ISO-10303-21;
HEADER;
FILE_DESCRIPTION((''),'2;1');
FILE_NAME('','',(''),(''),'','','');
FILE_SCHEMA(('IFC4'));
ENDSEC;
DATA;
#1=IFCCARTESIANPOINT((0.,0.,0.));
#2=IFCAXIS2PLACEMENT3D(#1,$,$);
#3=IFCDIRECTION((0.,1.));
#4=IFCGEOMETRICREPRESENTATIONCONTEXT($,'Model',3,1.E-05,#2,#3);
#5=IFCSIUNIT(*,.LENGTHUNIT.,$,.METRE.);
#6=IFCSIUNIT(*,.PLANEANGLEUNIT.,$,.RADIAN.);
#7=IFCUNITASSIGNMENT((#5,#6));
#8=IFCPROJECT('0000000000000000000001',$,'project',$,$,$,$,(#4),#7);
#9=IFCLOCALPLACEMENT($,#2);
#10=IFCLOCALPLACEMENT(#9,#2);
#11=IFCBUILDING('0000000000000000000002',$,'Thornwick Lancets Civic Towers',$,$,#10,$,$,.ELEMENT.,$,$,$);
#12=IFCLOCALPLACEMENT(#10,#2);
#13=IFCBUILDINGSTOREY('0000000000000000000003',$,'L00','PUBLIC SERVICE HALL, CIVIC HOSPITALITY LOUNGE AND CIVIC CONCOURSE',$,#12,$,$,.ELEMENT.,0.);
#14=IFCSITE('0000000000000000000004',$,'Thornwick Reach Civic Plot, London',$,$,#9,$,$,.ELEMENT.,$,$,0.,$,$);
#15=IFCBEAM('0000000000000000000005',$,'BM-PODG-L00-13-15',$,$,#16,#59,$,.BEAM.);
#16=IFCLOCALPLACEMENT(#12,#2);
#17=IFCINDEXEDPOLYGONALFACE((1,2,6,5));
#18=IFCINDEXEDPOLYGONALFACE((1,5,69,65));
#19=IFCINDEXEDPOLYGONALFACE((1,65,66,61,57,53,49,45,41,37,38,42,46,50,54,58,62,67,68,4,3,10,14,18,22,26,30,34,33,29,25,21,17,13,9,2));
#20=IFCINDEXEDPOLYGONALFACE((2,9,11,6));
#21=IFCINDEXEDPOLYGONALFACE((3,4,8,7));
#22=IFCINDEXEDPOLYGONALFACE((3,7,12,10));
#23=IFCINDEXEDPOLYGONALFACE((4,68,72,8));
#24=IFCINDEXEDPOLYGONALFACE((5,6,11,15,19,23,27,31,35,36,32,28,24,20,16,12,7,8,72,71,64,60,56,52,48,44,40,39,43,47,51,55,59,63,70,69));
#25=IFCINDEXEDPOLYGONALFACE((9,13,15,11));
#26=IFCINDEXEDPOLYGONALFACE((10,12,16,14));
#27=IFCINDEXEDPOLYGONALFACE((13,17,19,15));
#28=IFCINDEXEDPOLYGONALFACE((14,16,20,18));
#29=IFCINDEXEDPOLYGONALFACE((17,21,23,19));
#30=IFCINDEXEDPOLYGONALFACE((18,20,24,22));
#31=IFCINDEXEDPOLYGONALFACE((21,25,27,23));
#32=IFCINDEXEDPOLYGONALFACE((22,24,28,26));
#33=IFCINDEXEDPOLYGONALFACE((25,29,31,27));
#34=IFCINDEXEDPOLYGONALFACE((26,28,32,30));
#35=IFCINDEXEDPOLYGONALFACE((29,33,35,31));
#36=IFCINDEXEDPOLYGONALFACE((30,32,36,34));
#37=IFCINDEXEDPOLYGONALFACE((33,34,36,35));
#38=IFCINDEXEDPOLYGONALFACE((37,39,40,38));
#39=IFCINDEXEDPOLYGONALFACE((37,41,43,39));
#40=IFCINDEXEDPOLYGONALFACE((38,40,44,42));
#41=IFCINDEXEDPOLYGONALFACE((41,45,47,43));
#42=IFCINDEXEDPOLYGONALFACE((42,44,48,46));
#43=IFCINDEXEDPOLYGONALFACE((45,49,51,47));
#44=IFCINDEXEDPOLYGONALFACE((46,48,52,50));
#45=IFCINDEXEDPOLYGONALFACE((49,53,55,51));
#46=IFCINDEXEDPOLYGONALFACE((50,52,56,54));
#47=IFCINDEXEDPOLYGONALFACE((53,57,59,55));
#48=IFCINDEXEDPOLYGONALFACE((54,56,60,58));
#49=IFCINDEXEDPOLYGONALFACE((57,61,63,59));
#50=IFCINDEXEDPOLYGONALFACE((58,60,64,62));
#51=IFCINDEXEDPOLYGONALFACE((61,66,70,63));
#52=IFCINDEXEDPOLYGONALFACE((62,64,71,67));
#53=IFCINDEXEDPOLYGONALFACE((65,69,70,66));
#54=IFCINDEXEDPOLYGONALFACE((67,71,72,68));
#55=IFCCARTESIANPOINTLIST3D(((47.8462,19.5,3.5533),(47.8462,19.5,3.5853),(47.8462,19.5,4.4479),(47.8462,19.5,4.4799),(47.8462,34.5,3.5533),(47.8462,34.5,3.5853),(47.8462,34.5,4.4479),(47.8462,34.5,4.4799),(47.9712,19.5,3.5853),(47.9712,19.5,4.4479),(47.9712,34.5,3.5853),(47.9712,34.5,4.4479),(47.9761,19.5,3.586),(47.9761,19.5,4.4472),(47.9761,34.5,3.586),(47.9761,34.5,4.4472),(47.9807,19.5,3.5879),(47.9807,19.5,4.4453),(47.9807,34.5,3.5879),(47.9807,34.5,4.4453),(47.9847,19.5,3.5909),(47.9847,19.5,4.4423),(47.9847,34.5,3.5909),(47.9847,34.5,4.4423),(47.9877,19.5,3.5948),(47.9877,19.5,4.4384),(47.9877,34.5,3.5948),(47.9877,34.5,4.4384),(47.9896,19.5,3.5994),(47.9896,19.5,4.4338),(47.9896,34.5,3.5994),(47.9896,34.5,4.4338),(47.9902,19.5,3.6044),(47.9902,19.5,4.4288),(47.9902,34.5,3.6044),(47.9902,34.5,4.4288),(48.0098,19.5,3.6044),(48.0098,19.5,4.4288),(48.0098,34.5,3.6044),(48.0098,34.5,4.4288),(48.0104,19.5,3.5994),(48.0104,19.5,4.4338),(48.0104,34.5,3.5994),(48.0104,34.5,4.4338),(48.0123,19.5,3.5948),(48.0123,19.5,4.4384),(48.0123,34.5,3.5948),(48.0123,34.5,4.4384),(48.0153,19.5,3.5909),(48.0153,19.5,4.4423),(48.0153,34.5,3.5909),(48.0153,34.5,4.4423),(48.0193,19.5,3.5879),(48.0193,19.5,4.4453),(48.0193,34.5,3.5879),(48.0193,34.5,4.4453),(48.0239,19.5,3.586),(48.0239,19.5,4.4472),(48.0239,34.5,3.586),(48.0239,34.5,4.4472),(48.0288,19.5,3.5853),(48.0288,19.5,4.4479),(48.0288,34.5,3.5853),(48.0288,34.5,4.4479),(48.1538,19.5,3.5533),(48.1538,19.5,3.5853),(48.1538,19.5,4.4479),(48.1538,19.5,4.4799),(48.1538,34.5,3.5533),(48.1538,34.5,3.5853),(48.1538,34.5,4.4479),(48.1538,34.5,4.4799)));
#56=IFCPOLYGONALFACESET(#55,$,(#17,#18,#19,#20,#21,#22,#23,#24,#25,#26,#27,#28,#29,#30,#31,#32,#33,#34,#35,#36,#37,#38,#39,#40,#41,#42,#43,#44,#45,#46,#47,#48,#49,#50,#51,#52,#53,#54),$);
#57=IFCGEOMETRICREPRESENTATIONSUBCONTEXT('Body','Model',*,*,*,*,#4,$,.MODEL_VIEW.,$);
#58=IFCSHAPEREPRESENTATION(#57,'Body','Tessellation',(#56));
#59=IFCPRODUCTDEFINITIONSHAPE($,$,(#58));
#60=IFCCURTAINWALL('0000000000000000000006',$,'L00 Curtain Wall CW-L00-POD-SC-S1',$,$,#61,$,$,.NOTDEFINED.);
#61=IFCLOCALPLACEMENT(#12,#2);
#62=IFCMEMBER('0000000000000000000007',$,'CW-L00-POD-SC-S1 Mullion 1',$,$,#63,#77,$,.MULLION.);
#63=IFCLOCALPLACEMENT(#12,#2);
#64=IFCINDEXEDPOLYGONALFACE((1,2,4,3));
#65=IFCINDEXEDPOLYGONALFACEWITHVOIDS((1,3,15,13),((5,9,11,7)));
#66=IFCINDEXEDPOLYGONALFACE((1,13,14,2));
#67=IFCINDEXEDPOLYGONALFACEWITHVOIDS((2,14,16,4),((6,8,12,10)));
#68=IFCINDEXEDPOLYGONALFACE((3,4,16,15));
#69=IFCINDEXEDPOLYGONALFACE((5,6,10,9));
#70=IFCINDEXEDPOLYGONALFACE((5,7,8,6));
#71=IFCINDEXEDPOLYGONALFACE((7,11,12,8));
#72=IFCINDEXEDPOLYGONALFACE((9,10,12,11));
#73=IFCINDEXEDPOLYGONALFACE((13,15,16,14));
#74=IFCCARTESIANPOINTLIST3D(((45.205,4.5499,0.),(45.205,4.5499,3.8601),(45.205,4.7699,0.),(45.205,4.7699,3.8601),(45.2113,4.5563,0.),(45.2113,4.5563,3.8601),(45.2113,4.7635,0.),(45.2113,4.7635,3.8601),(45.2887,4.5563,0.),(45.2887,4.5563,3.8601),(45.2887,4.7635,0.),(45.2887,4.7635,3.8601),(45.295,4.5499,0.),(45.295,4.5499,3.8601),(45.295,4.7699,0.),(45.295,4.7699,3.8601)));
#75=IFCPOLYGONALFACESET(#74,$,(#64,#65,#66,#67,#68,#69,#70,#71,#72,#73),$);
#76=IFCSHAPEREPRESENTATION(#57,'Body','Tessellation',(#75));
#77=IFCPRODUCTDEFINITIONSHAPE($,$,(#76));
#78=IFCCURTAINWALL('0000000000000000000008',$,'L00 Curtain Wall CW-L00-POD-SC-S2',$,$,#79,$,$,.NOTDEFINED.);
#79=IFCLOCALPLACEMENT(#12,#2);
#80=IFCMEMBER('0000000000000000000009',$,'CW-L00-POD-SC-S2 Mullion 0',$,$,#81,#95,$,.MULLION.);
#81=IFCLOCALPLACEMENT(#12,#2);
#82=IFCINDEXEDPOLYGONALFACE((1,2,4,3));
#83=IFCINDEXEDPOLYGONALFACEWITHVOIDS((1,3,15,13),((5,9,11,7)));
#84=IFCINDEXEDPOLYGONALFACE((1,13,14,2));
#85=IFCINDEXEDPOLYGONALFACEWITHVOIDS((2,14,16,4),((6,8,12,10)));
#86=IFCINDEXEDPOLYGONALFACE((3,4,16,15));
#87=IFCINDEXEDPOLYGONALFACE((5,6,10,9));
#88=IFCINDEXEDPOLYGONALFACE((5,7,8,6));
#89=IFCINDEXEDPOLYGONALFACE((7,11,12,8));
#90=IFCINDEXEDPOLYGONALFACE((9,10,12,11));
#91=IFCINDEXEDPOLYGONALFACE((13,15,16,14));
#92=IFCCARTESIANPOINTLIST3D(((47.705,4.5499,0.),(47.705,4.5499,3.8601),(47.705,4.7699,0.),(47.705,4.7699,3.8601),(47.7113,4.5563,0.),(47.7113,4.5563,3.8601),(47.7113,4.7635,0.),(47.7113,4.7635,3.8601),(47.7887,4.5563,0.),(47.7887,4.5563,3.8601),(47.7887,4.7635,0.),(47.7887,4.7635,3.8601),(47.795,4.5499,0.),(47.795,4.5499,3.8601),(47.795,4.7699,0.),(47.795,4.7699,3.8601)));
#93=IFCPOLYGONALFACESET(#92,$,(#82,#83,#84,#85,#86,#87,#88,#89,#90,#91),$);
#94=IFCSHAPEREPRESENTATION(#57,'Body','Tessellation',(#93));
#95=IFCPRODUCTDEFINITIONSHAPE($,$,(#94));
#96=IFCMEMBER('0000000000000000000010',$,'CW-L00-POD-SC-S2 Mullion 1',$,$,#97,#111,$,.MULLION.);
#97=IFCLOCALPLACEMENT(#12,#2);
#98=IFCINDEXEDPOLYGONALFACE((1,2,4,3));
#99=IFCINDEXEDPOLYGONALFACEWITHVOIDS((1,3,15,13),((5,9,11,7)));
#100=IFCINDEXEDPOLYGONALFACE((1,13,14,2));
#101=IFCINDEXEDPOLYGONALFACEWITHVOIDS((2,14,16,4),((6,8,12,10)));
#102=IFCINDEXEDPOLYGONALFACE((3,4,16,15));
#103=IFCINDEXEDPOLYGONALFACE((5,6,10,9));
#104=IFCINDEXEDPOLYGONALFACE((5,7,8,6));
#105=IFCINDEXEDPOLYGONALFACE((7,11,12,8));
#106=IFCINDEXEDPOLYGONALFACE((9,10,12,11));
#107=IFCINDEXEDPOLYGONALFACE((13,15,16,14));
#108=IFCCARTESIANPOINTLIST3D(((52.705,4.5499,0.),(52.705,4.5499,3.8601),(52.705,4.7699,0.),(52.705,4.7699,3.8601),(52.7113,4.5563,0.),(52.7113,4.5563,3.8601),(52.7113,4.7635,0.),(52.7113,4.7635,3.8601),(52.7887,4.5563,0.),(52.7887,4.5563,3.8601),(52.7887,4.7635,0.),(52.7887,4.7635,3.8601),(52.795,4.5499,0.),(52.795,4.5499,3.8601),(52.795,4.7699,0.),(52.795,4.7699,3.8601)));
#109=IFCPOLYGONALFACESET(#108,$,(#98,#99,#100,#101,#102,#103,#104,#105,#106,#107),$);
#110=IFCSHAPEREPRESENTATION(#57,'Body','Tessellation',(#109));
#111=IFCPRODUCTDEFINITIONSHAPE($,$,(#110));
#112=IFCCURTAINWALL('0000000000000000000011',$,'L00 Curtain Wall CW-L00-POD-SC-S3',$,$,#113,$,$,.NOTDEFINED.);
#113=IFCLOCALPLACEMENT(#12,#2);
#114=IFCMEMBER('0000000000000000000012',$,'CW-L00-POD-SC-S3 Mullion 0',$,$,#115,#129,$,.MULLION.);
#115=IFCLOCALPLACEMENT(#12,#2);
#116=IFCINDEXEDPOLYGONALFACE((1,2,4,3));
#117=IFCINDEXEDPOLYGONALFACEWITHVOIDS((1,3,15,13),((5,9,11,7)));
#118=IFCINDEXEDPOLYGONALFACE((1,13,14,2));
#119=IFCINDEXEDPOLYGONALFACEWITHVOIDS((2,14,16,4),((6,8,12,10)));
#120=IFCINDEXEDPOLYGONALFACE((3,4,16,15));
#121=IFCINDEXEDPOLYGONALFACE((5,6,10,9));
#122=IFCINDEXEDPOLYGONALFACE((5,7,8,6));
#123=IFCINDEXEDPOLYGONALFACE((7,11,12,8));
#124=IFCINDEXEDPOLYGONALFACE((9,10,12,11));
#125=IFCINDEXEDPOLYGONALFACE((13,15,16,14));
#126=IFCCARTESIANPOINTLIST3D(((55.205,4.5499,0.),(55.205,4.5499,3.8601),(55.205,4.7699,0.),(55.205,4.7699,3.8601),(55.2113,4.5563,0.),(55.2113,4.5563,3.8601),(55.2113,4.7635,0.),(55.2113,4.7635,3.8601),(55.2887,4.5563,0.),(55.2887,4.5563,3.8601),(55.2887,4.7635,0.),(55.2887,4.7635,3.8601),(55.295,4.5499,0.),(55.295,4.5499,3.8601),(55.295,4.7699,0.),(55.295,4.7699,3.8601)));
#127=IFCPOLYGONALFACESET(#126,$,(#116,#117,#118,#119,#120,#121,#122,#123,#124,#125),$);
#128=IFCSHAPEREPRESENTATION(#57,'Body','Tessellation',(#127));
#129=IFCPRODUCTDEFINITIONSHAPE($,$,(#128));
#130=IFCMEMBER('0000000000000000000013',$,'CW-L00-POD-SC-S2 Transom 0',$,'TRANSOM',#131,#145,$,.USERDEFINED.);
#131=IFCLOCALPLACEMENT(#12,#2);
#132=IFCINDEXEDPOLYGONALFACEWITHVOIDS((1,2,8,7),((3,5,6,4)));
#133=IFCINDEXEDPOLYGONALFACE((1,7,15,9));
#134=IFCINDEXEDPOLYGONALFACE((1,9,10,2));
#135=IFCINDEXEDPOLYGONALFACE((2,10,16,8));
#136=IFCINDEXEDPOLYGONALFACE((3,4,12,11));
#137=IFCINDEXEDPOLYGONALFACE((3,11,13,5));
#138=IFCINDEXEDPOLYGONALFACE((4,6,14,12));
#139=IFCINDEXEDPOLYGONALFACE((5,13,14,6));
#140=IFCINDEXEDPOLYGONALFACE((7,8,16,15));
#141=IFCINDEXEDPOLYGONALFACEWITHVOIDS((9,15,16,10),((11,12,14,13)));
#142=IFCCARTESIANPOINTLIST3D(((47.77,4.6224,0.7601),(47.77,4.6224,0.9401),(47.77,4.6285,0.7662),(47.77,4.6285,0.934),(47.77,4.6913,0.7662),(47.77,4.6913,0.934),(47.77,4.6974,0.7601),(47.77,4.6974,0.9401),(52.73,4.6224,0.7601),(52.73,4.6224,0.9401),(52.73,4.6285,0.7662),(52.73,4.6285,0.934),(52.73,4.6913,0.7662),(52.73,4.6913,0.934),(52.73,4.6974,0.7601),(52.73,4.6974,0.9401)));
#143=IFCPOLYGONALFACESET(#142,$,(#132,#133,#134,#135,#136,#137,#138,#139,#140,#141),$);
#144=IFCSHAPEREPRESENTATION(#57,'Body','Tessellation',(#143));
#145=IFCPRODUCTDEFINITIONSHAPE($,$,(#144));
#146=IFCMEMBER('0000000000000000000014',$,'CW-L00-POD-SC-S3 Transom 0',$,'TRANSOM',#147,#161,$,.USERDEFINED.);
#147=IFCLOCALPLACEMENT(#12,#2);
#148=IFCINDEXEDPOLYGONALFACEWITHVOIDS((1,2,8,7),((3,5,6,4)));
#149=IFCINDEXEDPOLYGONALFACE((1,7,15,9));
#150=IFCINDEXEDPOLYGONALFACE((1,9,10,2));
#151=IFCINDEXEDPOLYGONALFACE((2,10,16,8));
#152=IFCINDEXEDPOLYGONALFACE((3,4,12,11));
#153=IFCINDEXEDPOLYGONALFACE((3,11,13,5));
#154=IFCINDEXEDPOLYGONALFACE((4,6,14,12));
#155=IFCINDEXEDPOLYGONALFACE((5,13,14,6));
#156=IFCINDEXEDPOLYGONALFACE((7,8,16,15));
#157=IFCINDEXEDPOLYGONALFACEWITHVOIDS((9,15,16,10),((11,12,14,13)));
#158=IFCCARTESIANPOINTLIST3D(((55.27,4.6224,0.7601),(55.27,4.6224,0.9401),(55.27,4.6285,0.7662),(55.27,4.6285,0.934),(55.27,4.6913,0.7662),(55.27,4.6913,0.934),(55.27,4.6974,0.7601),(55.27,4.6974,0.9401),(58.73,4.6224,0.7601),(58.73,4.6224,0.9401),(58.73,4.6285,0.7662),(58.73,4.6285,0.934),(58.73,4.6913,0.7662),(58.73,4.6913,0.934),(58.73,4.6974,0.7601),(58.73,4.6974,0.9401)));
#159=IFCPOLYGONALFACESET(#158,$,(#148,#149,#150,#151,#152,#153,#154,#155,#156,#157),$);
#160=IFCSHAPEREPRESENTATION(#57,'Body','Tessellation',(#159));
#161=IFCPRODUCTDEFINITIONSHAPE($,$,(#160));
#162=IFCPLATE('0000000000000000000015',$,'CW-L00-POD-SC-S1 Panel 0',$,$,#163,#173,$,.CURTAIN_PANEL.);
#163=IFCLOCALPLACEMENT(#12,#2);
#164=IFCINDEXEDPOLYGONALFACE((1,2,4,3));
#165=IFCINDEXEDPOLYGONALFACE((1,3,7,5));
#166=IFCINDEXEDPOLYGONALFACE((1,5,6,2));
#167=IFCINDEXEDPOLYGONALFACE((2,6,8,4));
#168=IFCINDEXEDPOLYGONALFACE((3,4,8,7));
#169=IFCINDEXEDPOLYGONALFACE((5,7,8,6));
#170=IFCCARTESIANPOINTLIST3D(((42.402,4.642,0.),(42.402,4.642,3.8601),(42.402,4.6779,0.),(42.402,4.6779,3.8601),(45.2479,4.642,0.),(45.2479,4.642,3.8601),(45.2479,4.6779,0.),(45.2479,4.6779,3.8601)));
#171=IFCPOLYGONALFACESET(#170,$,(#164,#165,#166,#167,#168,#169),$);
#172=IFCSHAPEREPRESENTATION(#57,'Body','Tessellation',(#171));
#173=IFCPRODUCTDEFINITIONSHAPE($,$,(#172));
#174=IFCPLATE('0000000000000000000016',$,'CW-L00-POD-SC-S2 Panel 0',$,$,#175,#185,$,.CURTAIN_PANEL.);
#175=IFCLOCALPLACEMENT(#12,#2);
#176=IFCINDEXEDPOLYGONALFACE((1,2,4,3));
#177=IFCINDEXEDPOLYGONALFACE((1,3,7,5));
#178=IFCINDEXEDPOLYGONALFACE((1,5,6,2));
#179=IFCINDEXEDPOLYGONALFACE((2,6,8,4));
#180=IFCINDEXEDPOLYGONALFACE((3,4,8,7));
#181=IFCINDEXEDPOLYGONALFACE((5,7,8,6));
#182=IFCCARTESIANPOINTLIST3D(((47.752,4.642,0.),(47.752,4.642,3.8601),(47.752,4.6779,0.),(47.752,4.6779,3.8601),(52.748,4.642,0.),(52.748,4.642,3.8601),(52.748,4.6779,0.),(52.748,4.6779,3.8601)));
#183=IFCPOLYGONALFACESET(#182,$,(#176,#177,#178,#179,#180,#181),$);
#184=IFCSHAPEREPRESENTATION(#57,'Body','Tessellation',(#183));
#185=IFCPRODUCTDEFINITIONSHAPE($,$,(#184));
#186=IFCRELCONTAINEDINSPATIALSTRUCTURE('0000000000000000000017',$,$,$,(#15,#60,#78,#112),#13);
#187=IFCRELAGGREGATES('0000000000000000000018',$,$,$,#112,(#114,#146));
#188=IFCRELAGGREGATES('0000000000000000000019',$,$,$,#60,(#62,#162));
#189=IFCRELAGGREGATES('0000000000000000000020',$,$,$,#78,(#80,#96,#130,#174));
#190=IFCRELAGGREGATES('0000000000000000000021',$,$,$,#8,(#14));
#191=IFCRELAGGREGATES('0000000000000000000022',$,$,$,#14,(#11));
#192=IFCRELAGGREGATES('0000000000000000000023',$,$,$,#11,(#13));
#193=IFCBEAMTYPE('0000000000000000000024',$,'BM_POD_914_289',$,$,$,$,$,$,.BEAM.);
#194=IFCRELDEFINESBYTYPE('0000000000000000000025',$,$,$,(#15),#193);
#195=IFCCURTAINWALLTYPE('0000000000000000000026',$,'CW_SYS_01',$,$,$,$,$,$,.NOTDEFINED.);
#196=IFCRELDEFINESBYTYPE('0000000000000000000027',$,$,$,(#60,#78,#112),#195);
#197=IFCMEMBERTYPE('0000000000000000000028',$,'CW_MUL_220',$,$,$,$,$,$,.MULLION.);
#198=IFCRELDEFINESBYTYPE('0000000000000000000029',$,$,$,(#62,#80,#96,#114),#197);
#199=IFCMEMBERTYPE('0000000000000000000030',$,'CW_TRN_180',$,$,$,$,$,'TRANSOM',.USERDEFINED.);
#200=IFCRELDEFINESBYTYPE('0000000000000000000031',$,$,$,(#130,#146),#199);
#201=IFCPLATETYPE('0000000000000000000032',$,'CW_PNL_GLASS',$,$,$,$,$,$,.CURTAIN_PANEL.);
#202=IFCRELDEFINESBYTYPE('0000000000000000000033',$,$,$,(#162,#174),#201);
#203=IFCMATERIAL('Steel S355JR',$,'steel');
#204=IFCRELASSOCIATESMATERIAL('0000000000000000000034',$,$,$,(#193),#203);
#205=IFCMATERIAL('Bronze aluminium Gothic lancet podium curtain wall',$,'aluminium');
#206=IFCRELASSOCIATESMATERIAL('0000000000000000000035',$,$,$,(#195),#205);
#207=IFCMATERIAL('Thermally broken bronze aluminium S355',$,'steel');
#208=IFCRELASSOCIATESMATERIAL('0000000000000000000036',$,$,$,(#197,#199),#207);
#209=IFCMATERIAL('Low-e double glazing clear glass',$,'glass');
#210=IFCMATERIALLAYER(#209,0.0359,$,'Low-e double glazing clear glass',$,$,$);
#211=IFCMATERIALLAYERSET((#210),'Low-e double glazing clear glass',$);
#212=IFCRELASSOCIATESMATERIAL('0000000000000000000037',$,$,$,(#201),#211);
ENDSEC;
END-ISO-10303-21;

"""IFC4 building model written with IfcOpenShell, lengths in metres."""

from ifc_helpers import new_model, si_unit, direction, frame, origin, origin_2d, place, context, subcontext, project, spatial, rectangle, hollow_rectangle, i_section, extrude, material, layer, layer_set, material_profile, profile_set, type_object, element, aggregate, save


model = new_model("IFC4")

# Units and contexts
model_context = context("Model", 3, precision=1e-05, world=origin(), true_north=direction((0.0, 1.0)))
body_context = subcontext(model_context, "Body", "Model", "MODEL_VIEW")
ifc_project = project(units=[si_unit("LENGTHUNIT", "METRE"), si_unit("PLANEANGLEUNIT", "RADIAN")], contexts=[model_context])

# Site, building, storey
site_placement = place(None, origin())
site = spatial("IfcSite", under=ifc_project, at=site_placement, Name="Thornwick Reach Civic Plot, London", CompositionType="ELEMENT", RefElevation=0.0)
building_placement = place(site_placement, origin())
building = spatial("IfcBuilding", under=site, at=building_placement, Name="Thornwick Lancets Civic Towers", CompositionType="ELEMENT")
storey_placement = place(building_placement, origin())
storey = spatial("IfcBuildingStorey", under=building, at=storey_placement, Name="L00", Description="PUBLIC SERVICE HALL, CIVIC HOSPITALITY LOUNGE AND CIVIC CONCOURSE", CompositionType="ELEMENT", Elevation=0.0)

# Beam
ifc_material_1 = material(Name="Steel S355JR", Category="steel")
ifc_material_profile_1 = material_profile(ifc_material_1, i_section(OverallWidth=0.3076, OverallDepth=0.9265, WebThickness=0.0195, FlangeThickness=0.032, FilletRadius=0.019, at=origin_2d()), Name="UKB 914x305x289")
ifc_profile_set_1 = profile_set([ifc_material_profile_1], Name="Steel S355JR")
beam_type = type_object("IfcBeamType", Name="BM_POD_914_289", PredefinedType="BEAM", material=ifc_profile_set_1)
beam_1_placement = place(storey_placement, frame((48.0, 19.5, 4.0166), z_axis=(0.0, 1.0, 0.0), x_axis=(-1.0, 0.0, 0.0)))
element("IfcBeam", 1, at=beam_1_placement, inside=storey, type_object=beam_type, Name="BM-PODG-L00-13-15", PredefinedType="BEAM", context=body_context, shape_type="SweptSolid", body=[
    extrude(i_section(OverallWidth=0.3076, OverallDepth=0.9265, WebThickness=0.0195, FlangeThickness=0.032, FilletRadius=0.019, at=origin_2d()), origin(), (0.0, 0.0, 1.0), 15.0),
])

# Curtain wall, member
ifc_material_2 = material(Name="Bronze aluminium Gothic lancet podium curtain wall", Category="aluminium")
curtain_wall_type = type_object("IfcCurtainWallType", Name="CW_SYS_01", PredefinedType="NOTDEFINED", material=ifc_material_2)
curtain_wall_1_placement = place(storey_placement, origin())
curtain_wall_1 = element("IfcCurtainWall", 2, at=curtain_wall_1_placement, inside=storey, type_object=curtain_wall_type, Name="L00 Curtain Wall CW-L00-POD-SC-S1", PredefinedType="NOTDEFINED")
ifc_material_3 = material(Name="Thermally broken bronze aluminium S355", Category="steel")
ifc_material_profile_2 = material_profile(ifc_material_3, hollow_rectangle(XDim=0.0901, YDim=0.22, WallThickness=0.0063, at=origin_2d()), Name="RHS 220x90x6.3")
ifc_profile_set_2 = profile_set([ifc_material_profile_2], Name="Thermally broken bronze aluminium S355")
member_type_1 = type_object("IfcMemberType", Name="CW_MUL_220", PredefinedType="MULLION", material=ifc_profile_set_2)
member_1_placement = place(storey_placement, frame((45.25, 4.6599, 0.0), z_axis=(0.0, 0.0, 1.0), x_axis=(1.0, 0.0, 0.0)))
member_1 = element("IfcMember", 3, at=member_1_placement, type_object=member_type_1, Name="CW-L00-POD-SC-S1 Mullion 1", PredefinedType="MULLION", context=body_context, shape_type="SweptSolid", body=[
    extrude(hollow_rectangle(XDim=0.0901, YDim=0.22, WallThickness=0.0063, at=origin_2d()), origin(), (0.0, 0.0, 1.0), 3.8601),
])

# Curtain wall, members
curtain_wall_2_placement = place(storey_placement, origin())
curtain_wall_2 = element("IfcCurtainWall", 4, at=curtain_wall_2_placement, inside=storey, type_object=curtain_wall_type, Name="L00 Curtain Wall CW-L00-POD-SC-S2", PredefinedType="NOTDEFINED")
member_2_placement = place(storey_placement, frame((47.75, 4.6599, 0.0), z_axis=(0.0, 0.0, 1.0), x_axis=(1.0, 0.0, 0.0)))
member_2 = element("IfcMember", 5, at=member_2_placement, type_object=member_type_1, Name="CW-L00-POD-SC-S2 Mullion 0", PredefinedType="MULLION", context=body_context, shape_type="SweptSolid", body=[
    extrude(hollow_rectangle(XDim=0.0901, YDim=0.22, WallThickness=0.0063, at=origin_2d()), origin(), (0.0, 0.0, 1.0), 3.8601),
])
member_3_placement = place(storey_placement, frame((52.75, 4.6599, 0.0), z_axis=(0.0, 0.0, 1.0), x_axis=(1.0, 0.0, 0.0)))
member_3 = element("IfcMember", 6, at=member_3_placement, type_object=member_type_1, Name="CW-L00-POD-SC-S2 Mullion 1", PredefinedType="MULLION", context=body_context, shape_type="SweptSolid", body=[
    extrude(hollow_rectangle(XDim=0.0901, YDim=0.22, WallThickness=0.0063, at=origin_2d()), origin(), (0.0, 0.0, 1.0), 3.8601),
])

# Curtain wall, member
curtain_wall_3_placement = place(storey_placement, origin())
curtain_wall_3 = element("IfcCurtainWall", 7, at=curtain_wall_3_placement, inside=storey, type_object=curtain_wall_type, Name="L00 Curtain Wall CW-L00-POD-SC-S3", PredefinedType="NOTDEFINED")
member_4_placement = place(storey_placement, frame((55.25, 4.6599, 0.0), z_axis=(0.0, 0.0, 1.0), x_axis=(1.0, 0.0, 0.0)))
member_4 = element("IfcMember", 8, at=member_4_placement, type_object=member_type_1, Name="CW-L00-POD-SC-S3 Mullion 0", PredefinedType="MULLION", context=body_context, shape_type="SweptSolid", body=[
    extrude(hollow_rectangle(XDim=0.0901, YDim=0.22, WallThickness=0.0063, at=origin_2d()), origin(), (0.0, 0.0, 1.0), 3.8601),
])

# Members
ifc_material_profile_3 = material_profile(ifc_material_3, hollow_rectangle(XDim=0.075, YDim=0.1799, WallThickness=0.0061, at=origin_2d()), Name="RHS 180x75x6")
ifc_profile_set_3 = profile_set([ifc_material_profile_3], Name="Thermally broken bronze aluminium S355")
member_type_2 = type_object("IfcMemberType", Name="CW_TRN_180", ElementType="TRANSOM", PredefinedType="USERDEFINED", material=ifc_profile_set_3)
member_5_placement = place(storey_placement, frame((47.77, 4.6599, 0.8501), z_axis=(1.0, 0.0, 0.0), x_axis=(0.0, 1.0, 0.0)))
member_5 = element("IfcMember", 9, at=member_5_placement, type_object=member_type_2, Name="CW-L00-POD-SC-S2 Transom 0", ObjectType="TRANSOM", PredefinedType="USERDEFINED", context=body_context, shape_type="SweptSolid", body=[
    extrude(hollow_rectangle(XDim=0.075, YDim=0.1799, WallThickness=0.0061, at=origin_2d()), origin(), (0.0, 0.0, 1.0), 4.96),
])
member_6_placement = place(storey_placement, frame((55.27, 4.6599, 0.8501), z_axis=(1.0, 0.0, 0.0), x_axis=(0.0, 1.0, 0.0)))
member_6 = element("IfcMember", 10, at=member_6_placement, type_object=member_type_2, Name="CW-L00-POD-SC-S3 Transom 0", ObjectType="TRANSOM", PredefinedType="USERDEFINED", context=body_context, shape_type="SweptSolid", body=[
    extrude(hollow_rectangle(XDim=0.075, YDim=0.1799, WallThickness=0.0061, at=origin_2d()), origin(), (0.0, 0.0, 1.0), 3.46),
])
aggregate(curtain_wall_3, [member_4, member_6])

# Plates
ifc_material_4 = material(Name="Low-e double glazing clear glass", Category="glass")
ifc_layer_1 = layer(ifc_material_4, 0.0359, Name="Low-e double glazing clear glass")
ifc_layer_set_1 = layer_set([ifc_layer_1], Name="Low-e double glazing clear glass")
plate_type = type_object("IfcPlateType", Name="CW_PNL_GLASS", PredefinedType="CURTAIN_PANEL", material=ifc_layer_set_1)
plate_1_placement = place(storey_placement, frame((43.825, 4.6599, 0.0), z_axis=(0.0, 0.0, 1.0), x_axis=(1.0, 0.0, 0.0)))
plate_1 = element("IfcPlate", 11, at=plate_1_placement, type_object=plate_type, Name="CW-L00-POD-SC-S1 Panel 0", PredefinedType="CURTAIN_PANEL", context=body_context, shape_type="SweptSolid", body=[
    extrude(rectangle(XDim=2.8459, YDim=0.0359, at=origin_2d()), origin(), (0.0, 0.0, 1.0), 3.8601),
])
aggregate(curtain_wall_1, [member_1, plate_1])
plate_2_placement = place(storey_placement, frame((50.25, 4.6599, 0.0), z_axis=(0.0, 0.0, 1.0), x_axis=(1.0, 0.0, 0.0)))
plate_2 = element("IfcPlate", 12, at=plate_2_placement, type_object=plate_type, Name="CW-L00-POD-SC-S2 Panel 0", PredefinedType="CURTAIN_PANEL", context=body_context, shape_type="SweptSolid", body=[
    extrude(rectangle(XDim=4.9961, YDim=0.0359, at=origin_2d()), origin(), (0.0, 0.0, 1.0), 3.8601),
])
aggregate(curtain_wall_2, [member_2, member_3, member_5, plate_2])

save(model, "model.ifc")
